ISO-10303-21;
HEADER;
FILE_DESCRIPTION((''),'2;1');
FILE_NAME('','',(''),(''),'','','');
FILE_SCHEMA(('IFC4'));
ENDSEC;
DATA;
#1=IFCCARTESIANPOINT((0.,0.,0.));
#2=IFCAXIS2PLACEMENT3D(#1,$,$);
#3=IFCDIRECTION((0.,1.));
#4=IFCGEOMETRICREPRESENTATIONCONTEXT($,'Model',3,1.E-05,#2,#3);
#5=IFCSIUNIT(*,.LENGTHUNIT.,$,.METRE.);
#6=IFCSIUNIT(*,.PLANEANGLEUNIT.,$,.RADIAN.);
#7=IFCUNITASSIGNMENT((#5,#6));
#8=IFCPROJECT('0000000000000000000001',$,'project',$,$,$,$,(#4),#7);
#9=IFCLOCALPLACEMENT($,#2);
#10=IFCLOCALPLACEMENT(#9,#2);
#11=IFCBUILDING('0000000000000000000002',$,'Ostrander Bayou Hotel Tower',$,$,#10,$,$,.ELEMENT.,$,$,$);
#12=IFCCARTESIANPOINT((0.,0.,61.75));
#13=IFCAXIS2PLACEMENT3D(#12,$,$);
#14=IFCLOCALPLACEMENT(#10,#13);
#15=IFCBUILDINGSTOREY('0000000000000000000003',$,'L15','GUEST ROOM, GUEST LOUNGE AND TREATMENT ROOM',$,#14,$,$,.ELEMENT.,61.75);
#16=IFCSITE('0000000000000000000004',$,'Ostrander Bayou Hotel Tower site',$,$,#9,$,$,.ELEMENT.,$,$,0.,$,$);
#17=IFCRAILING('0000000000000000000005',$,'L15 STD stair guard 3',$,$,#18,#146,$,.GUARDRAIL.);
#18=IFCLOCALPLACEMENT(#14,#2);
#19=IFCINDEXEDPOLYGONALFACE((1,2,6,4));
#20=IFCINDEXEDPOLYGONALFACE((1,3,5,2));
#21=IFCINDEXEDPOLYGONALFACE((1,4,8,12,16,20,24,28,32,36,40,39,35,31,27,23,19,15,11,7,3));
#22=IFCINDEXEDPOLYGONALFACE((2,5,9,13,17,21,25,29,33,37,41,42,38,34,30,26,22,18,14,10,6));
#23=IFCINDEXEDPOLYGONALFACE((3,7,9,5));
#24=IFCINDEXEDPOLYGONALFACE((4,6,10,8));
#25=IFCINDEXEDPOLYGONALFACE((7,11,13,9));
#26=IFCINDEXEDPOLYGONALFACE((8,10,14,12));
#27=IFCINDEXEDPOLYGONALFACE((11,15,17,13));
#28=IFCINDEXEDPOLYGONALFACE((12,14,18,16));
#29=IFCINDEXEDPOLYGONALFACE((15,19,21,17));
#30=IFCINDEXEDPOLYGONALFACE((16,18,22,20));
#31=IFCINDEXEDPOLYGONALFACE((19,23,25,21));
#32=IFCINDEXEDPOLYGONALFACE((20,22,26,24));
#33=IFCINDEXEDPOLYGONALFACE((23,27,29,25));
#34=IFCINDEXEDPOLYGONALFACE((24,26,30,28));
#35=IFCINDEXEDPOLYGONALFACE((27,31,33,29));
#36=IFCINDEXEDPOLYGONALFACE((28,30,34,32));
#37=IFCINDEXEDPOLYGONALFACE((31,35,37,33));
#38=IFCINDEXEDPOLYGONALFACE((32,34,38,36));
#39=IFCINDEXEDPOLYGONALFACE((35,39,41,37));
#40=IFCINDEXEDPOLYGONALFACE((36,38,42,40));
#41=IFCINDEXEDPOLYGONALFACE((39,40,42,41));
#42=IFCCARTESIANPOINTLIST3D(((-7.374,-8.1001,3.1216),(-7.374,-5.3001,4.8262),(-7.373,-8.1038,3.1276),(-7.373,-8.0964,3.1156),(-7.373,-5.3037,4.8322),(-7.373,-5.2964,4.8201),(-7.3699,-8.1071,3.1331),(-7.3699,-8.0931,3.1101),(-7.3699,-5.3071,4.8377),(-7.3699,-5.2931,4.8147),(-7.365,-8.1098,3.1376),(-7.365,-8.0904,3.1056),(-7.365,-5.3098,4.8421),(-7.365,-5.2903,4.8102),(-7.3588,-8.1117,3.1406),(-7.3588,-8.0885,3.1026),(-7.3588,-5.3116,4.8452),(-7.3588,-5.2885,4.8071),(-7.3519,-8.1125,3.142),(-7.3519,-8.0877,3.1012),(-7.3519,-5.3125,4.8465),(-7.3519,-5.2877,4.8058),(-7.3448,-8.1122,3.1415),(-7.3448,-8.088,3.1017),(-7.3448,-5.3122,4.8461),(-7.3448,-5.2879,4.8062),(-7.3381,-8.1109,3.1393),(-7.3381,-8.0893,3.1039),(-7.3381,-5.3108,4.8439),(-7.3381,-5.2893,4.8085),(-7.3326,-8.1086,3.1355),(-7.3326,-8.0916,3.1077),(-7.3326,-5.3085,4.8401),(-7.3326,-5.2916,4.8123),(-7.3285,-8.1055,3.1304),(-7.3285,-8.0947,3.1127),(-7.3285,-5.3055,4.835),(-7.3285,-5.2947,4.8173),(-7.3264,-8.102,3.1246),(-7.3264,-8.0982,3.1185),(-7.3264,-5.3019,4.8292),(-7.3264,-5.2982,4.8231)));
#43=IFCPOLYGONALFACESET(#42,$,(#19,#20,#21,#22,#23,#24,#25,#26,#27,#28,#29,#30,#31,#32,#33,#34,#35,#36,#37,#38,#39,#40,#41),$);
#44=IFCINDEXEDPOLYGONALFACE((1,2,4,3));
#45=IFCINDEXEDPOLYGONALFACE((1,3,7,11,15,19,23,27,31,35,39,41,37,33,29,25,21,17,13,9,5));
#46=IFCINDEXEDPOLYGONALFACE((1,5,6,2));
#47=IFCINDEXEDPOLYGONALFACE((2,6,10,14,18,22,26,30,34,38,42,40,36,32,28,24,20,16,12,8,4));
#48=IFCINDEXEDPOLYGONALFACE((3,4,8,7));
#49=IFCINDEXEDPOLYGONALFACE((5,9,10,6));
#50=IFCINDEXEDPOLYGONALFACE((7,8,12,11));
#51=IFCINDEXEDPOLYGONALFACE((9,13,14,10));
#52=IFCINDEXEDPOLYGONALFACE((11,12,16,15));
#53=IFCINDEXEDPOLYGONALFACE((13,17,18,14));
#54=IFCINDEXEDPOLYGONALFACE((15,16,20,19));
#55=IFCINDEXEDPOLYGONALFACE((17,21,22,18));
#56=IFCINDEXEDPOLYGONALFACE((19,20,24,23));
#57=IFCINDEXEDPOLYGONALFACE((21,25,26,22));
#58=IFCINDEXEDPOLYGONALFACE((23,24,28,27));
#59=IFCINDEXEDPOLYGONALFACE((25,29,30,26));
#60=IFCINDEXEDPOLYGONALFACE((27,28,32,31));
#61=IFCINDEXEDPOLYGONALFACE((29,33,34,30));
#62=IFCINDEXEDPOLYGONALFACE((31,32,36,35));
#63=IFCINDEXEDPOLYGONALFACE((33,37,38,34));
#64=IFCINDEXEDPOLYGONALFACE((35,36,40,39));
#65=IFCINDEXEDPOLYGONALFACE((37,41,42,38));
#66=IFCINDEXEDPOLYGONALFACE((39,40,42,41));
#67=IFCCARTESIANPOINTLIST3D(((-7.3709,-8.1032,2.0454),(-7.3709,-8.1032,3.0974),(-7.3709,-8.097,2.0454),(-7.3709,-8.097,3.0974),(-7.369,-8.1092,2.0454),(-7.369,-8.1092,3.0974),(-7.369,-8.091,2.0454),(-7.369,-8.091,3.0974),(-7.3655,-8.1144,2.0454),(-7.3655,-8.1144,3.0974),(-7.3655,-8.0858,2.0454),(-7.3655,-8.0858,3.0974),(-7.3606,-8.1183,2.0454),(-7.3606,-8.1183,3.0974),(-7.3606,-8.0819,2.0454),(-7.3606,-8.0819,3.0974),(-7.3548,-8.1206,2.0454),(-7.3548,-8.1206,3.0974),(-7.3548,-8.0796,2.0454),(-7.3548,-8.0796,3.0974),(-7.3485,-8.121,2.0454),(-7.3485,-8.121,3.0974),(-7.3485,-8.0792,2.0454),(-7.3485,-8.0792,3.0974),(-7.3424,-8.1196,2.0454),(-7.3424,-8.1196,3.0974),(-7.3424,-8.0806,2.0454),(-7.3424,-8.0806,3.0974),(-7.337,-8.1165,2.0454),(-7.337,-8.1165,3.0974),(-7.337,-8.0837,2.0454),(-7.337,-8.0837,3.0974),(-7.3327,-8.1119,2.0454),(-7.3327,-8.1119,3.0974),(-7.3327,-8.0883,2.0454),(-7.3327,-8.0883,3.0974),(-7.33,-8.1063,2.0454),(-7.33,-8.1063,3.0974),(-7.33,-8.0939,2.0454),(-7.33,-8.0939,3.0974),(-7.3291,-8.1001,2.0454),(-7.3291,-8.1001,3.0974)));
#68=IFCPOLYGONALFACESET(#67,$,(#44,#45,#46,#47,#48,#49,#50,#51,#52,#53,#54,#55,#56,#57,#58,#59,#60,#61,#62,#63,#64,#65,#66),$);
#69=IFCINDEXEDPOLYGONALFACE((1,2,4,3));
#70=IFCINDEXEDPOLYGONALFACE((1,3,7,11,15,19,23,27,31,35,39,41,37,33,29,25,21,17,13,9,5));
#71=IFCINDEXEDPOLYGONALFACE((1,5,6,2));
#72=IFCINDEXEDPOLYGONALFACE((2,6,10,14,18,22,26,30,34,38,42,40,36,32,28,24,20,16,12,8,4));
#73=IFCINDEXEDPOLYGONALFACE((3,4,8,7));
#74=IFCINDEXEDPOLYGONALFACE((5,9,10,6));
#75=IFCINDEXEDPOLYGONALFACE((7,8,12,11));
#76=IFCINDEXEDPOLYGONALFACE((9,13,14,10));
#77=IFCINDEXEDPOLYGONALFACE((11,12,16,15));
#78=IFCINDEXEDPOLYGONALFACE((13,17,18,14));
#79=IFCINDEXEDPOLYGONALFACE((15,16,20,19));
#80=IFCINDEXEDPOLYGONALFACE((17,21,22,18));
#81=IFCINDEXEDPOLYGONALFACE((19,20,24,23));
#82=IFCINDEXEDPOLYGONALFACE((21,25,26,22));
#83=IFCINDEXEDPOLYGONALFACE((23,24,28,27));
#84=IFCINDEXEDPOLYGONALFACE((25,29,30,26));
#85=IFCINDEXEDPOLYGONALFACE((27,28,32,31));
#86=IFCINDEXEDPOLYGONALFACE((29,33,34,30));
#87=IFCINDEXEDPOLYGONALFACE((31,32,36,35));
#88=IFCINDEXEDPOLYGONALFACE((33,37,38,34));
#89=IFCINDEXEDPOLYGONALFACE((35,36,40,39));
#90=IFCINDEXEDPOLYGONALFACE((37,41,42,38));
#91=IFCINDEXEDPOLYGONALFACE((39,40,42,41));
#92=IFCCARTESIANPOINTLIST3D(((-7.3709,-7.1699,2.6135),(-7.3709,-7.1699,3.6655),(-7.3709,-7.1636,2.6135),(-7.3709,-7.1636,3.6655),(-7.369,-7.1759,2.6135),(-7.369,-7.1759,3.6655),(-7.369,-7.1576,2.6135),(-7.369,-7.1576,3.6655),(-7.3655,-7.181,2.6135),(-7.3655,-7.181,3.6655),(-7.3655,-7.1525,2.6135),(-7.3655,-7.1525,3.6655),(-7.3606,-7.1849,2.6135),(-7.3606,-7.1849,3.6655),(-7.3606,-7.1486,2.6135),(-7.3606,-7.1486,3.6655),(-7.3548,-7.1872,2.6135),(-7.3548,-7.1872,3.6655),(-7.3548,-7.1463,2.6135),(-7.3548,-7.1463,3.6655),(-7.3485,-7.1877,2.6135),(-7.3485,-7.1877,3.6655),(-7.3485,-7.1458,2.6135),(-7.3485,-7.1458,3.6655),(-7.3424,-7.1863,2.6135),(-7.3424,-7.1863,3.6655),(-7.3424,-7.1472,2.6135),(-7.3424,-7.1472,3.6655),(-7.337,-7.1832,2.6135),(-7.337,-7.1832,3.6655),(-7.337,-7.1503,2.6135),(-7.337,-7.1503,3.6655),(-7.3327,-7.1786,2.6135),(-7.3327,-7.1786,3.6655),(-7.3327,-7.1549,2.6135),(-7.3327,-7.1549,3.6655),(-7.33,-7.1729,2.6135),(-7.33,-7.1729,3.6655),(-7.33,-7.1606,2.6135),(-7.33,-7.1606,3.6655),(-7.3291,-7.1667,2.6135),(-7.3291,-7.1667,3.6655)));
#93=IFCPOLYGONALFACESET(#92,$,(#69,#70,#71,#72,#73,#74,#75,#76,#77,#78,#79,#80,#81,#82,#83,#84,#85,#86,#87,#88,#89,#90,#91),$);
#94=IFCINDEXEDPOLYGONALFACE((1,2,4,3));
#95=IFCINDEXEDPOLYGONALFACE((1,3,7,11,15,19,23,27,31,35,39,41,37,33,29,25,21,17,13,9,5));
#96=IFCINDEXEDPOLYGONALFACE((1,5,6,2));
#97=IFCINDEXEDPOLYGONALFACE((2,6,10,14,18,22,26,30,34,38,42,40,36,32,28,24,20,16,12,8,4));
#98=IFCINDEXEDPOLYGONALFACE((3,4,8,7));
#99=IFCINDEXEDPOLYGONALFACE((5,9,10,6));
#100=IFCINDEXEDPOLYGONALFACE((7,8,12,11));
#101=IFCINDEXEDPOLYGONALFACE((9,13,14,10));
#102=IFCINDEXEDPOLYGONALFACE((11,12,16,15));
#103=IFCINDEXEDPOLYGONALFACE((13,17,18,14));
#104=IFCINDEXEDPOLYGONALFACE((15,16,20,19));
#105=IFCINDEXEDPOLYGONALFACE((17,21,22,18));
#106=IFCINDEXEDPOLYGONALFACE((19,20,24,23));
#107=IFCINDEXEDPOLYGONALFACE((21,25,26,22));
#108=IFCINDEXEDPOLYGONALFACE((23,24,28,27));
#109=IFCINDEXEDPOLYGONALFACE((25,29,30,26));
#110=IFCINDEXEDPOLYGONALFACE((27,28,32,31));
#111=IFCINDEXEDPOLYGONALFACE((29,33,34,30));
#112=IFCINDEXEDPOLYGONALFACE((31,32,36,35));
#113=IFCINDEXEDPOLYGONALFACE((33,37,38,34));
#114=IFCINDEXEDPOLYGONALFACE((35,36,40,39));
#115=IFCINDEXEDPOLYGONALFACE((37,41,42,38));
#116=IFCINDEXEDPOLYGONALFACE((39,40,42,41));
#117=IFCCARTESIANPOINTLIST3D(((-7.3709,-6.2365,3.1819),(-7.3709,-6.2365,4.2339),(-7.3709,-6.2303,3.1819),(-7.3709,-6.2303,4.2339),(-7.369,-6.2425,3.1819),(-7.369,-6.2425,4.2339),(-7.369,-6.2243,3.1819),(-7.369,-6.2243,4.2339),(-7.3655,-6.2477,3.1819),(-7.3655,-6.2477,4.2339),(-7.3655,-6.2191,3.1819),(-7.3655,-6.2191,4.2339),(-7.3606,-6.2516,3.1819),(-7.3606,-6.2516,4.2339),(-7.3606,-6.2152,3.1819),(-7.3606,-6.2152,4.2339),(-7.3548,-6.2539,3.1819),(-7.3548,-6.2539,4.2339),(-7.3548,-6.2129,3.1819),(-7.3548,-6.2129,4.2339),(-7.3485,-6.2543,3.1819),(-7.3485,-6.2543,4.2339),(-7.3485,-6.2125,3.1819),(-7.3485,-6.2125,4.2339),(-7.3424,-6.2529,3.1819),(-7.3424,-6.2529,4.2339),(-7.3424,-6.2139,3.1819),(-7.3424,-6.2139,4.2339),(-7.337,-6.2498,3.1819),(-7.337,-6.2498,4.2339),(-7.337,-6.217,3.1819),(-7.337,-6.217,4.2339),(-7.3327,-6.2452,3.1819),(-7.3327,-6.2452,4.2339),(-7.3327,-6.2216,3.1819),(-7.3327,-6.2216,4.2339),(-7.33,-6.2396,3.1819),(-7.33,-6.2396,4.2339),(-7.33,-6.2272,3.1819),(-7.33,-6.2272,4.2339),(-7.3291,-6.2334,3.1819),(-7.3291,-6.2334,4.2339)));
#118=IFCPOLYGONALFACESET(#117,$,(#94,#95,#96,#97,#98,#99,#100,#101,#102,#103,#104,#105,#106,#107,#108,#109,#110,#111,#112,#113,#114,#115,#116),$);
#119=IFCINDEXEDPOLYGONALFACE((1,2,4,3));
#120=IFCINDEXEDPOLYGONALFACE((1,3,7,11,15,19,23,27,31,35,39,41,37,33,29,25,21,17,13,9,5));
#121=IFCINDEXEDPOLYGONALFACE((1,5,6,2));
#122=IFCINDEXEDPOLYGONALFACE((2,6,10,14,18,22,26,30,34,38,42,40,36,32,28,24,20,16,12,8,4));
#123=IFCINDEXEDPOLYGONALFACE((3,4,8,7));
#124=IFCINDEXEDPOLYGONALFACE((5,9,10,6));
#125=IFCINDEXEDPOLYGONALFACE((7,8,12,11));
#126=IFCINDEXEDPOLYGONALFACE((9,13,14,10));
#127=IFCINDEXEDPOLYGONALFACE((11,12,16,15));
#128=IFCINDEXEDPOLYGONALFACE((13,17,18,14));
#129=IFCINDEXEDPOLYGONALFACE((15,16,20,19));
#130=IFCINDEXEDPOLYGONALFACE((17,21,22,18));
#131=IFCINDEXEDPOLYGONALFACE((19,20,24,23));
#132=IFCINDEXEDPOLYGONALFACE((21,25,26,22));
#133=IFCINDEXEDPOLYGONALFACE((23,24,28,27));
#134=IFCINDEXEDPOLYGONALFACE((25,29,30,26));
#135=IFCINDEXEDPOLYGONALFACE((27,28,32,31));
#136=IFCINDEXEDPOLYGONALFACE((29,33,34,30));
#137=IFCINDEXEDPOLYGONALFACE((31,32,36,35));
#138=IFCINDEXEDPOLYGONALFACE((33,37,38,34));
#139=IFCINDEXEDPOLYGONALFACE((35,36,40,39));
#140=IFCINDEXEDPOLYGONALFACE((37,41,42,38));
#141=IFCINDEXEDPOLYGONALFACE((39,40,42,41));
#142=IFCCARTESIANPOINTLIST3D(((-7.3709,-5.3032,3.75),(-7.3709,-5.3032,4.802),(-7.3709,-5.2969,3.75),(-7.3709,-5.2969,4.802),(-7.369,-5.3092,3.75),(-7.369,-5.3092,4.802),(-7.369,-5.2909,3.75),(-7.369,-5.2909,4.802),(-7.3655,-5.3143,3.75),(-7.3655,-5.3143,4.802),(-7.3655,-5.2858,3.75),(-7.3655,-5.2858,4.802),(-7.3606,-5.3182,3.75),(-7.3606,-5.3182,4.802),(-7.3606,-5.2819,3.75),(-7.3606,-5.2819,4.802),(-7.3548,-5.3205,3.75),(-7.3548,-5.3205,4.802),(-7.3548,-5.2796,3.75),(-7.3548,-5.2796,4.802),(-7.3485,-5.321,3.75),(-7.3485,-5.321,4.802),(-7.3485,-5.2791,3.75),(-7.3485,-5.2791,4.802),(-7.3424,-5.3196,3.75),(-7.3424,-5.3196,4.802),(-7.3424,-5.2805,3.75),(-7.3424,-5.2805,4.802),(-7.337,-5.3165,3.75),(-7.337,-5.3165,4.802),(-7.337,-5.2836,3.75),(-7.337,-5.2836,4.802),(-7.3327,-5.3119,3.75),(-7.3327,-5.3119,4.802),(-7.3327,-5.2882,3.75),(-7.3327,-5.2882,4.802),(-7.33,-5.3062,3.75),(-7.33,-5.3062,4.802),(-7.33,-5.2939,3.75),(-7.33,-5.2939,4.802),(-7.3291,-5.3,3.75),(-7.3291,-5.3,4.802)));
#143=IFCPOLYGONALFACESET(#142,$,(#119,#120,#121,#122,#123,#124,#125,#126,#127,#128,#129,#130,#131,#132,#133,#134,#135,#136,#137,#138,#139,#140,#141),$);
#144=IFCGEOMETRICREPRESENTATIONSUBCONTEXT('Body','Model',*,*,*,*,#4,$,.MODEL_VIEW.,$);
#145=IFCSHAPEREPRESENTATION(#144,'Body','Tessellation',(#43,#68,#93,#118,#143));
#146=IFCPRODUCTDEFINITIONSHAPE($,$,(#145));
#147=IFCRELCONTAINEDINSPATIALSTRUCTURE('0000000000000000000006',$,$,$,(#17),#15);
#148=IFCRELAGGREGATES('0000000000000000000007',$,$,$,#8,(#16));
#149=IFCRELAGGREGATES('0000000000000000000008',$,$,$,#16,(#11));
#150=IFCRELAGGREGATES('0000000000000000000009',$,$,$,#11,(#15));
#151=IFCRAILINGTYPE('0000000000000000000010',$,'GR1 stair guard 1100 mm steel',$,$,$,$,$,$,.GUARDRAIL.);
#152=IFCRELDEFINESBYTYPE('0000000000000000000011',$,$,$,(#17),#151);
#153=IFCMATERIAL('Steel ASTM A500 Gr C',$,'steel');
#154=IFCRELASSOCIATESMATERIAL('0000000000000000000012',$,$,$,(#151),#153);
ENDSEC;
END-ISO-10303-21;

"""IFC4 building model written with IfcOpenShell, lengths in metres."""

from ifc_helpers import new_model, si_unit, direction, frame, origin, origin_2d, place, context, subcontext, project, spatial, circle, extrude, material, type_object, element, save


model = new_model("IFC4")

# Units and contexts
model_context = context("Model", 3, precision=1e-05, world=origin(), true_north=direction((0.0, 1.0)))
body_context = subcontext(model_context, "Body", "Model", "MODEL_VIEW")
ifc_project = project(units=[si_unit("LENGTHUNIT", "METRE"), si_unit("PLANEANGLEUNIT", "RADIAN")], contexts=[model_context])

# Site, building, storey
site_placement = place(None, origin())
site = spatial("IfcSite", under=ifc_project, at=site_placement, Name="Ostrander Bayou Hotel Tower site", CompositionType="ELEMENT", RefElevation=0.0)
building_placement = place(site_placement, origin())
building = spatial("IfcBuilding", under=site, at=building_placement, Name="Ostrander Bayou Hotel Tower", CompositionType="ELEMENT")
storey_placement = place(building_placement, frame((0.0, 0.0, 61.75)))
storey = spatial("IfcBuildingStorey", under=building, at=storey_placement, Name="L15", Description="GUEST ROOM, GUEST LOUNGE AND TREATMENT ROOM", CompositionType="ELEMENT", Elevation=61.75)

# Railing
ifc_material_1 = material(Name="Steel ASTM A500 Gr C", Category="steel")
railing_type_1 = type_object("IfcRailingType", Name="GR1 stair guard 1100 mm steel", PredefinedType="GUARDRAIL", material=ifc_material_1)
railing_1_placement = place(storey_placement, frame((-7.3501, -8.1001, 2.0454)))
element("IfcRailing", 1, at=railing_1_placement, inside=storey, type_object=railing_type_1, Name="L15 STD stair guard 3", PredefinedType="GUARDRAIL", context=body_context, shape_type="SweptSolid", body=[
    extrude(circle(Radius=0.0239, at=origin_2d()), frame((0.0, 0.0, 1.0762), z_axis=(0.0, 0.85417, 0.519994), x_axis=(-1.0, 0.0, 0.0)), (0.0, 0.0, 1.0), 3.2781),
    extrude(circle(Radius=0.021, at=origin_2d()), origin(), (0.0, 0.0, 1.0), 1.052),
    extrude(circle(Radius=0.021, at=origin_2d()), frame((0.0, 0.9333, 0.5681)), (0.0, 0.0, 1.0), 1.052),
    extrude(circle(Radius=0.021, at=origin_2d()), frame((0.0, 1.8667, 1.1365)), (0.0, 0.0, 1.0), 1.052),
    extrude(circle(Radius=0.021, at=origin_2d()), frame((0.0, 2.8, 1.7046)), (0.0, 0.0, 1.0), 1.052),
])

save(model, "model.ifc")
